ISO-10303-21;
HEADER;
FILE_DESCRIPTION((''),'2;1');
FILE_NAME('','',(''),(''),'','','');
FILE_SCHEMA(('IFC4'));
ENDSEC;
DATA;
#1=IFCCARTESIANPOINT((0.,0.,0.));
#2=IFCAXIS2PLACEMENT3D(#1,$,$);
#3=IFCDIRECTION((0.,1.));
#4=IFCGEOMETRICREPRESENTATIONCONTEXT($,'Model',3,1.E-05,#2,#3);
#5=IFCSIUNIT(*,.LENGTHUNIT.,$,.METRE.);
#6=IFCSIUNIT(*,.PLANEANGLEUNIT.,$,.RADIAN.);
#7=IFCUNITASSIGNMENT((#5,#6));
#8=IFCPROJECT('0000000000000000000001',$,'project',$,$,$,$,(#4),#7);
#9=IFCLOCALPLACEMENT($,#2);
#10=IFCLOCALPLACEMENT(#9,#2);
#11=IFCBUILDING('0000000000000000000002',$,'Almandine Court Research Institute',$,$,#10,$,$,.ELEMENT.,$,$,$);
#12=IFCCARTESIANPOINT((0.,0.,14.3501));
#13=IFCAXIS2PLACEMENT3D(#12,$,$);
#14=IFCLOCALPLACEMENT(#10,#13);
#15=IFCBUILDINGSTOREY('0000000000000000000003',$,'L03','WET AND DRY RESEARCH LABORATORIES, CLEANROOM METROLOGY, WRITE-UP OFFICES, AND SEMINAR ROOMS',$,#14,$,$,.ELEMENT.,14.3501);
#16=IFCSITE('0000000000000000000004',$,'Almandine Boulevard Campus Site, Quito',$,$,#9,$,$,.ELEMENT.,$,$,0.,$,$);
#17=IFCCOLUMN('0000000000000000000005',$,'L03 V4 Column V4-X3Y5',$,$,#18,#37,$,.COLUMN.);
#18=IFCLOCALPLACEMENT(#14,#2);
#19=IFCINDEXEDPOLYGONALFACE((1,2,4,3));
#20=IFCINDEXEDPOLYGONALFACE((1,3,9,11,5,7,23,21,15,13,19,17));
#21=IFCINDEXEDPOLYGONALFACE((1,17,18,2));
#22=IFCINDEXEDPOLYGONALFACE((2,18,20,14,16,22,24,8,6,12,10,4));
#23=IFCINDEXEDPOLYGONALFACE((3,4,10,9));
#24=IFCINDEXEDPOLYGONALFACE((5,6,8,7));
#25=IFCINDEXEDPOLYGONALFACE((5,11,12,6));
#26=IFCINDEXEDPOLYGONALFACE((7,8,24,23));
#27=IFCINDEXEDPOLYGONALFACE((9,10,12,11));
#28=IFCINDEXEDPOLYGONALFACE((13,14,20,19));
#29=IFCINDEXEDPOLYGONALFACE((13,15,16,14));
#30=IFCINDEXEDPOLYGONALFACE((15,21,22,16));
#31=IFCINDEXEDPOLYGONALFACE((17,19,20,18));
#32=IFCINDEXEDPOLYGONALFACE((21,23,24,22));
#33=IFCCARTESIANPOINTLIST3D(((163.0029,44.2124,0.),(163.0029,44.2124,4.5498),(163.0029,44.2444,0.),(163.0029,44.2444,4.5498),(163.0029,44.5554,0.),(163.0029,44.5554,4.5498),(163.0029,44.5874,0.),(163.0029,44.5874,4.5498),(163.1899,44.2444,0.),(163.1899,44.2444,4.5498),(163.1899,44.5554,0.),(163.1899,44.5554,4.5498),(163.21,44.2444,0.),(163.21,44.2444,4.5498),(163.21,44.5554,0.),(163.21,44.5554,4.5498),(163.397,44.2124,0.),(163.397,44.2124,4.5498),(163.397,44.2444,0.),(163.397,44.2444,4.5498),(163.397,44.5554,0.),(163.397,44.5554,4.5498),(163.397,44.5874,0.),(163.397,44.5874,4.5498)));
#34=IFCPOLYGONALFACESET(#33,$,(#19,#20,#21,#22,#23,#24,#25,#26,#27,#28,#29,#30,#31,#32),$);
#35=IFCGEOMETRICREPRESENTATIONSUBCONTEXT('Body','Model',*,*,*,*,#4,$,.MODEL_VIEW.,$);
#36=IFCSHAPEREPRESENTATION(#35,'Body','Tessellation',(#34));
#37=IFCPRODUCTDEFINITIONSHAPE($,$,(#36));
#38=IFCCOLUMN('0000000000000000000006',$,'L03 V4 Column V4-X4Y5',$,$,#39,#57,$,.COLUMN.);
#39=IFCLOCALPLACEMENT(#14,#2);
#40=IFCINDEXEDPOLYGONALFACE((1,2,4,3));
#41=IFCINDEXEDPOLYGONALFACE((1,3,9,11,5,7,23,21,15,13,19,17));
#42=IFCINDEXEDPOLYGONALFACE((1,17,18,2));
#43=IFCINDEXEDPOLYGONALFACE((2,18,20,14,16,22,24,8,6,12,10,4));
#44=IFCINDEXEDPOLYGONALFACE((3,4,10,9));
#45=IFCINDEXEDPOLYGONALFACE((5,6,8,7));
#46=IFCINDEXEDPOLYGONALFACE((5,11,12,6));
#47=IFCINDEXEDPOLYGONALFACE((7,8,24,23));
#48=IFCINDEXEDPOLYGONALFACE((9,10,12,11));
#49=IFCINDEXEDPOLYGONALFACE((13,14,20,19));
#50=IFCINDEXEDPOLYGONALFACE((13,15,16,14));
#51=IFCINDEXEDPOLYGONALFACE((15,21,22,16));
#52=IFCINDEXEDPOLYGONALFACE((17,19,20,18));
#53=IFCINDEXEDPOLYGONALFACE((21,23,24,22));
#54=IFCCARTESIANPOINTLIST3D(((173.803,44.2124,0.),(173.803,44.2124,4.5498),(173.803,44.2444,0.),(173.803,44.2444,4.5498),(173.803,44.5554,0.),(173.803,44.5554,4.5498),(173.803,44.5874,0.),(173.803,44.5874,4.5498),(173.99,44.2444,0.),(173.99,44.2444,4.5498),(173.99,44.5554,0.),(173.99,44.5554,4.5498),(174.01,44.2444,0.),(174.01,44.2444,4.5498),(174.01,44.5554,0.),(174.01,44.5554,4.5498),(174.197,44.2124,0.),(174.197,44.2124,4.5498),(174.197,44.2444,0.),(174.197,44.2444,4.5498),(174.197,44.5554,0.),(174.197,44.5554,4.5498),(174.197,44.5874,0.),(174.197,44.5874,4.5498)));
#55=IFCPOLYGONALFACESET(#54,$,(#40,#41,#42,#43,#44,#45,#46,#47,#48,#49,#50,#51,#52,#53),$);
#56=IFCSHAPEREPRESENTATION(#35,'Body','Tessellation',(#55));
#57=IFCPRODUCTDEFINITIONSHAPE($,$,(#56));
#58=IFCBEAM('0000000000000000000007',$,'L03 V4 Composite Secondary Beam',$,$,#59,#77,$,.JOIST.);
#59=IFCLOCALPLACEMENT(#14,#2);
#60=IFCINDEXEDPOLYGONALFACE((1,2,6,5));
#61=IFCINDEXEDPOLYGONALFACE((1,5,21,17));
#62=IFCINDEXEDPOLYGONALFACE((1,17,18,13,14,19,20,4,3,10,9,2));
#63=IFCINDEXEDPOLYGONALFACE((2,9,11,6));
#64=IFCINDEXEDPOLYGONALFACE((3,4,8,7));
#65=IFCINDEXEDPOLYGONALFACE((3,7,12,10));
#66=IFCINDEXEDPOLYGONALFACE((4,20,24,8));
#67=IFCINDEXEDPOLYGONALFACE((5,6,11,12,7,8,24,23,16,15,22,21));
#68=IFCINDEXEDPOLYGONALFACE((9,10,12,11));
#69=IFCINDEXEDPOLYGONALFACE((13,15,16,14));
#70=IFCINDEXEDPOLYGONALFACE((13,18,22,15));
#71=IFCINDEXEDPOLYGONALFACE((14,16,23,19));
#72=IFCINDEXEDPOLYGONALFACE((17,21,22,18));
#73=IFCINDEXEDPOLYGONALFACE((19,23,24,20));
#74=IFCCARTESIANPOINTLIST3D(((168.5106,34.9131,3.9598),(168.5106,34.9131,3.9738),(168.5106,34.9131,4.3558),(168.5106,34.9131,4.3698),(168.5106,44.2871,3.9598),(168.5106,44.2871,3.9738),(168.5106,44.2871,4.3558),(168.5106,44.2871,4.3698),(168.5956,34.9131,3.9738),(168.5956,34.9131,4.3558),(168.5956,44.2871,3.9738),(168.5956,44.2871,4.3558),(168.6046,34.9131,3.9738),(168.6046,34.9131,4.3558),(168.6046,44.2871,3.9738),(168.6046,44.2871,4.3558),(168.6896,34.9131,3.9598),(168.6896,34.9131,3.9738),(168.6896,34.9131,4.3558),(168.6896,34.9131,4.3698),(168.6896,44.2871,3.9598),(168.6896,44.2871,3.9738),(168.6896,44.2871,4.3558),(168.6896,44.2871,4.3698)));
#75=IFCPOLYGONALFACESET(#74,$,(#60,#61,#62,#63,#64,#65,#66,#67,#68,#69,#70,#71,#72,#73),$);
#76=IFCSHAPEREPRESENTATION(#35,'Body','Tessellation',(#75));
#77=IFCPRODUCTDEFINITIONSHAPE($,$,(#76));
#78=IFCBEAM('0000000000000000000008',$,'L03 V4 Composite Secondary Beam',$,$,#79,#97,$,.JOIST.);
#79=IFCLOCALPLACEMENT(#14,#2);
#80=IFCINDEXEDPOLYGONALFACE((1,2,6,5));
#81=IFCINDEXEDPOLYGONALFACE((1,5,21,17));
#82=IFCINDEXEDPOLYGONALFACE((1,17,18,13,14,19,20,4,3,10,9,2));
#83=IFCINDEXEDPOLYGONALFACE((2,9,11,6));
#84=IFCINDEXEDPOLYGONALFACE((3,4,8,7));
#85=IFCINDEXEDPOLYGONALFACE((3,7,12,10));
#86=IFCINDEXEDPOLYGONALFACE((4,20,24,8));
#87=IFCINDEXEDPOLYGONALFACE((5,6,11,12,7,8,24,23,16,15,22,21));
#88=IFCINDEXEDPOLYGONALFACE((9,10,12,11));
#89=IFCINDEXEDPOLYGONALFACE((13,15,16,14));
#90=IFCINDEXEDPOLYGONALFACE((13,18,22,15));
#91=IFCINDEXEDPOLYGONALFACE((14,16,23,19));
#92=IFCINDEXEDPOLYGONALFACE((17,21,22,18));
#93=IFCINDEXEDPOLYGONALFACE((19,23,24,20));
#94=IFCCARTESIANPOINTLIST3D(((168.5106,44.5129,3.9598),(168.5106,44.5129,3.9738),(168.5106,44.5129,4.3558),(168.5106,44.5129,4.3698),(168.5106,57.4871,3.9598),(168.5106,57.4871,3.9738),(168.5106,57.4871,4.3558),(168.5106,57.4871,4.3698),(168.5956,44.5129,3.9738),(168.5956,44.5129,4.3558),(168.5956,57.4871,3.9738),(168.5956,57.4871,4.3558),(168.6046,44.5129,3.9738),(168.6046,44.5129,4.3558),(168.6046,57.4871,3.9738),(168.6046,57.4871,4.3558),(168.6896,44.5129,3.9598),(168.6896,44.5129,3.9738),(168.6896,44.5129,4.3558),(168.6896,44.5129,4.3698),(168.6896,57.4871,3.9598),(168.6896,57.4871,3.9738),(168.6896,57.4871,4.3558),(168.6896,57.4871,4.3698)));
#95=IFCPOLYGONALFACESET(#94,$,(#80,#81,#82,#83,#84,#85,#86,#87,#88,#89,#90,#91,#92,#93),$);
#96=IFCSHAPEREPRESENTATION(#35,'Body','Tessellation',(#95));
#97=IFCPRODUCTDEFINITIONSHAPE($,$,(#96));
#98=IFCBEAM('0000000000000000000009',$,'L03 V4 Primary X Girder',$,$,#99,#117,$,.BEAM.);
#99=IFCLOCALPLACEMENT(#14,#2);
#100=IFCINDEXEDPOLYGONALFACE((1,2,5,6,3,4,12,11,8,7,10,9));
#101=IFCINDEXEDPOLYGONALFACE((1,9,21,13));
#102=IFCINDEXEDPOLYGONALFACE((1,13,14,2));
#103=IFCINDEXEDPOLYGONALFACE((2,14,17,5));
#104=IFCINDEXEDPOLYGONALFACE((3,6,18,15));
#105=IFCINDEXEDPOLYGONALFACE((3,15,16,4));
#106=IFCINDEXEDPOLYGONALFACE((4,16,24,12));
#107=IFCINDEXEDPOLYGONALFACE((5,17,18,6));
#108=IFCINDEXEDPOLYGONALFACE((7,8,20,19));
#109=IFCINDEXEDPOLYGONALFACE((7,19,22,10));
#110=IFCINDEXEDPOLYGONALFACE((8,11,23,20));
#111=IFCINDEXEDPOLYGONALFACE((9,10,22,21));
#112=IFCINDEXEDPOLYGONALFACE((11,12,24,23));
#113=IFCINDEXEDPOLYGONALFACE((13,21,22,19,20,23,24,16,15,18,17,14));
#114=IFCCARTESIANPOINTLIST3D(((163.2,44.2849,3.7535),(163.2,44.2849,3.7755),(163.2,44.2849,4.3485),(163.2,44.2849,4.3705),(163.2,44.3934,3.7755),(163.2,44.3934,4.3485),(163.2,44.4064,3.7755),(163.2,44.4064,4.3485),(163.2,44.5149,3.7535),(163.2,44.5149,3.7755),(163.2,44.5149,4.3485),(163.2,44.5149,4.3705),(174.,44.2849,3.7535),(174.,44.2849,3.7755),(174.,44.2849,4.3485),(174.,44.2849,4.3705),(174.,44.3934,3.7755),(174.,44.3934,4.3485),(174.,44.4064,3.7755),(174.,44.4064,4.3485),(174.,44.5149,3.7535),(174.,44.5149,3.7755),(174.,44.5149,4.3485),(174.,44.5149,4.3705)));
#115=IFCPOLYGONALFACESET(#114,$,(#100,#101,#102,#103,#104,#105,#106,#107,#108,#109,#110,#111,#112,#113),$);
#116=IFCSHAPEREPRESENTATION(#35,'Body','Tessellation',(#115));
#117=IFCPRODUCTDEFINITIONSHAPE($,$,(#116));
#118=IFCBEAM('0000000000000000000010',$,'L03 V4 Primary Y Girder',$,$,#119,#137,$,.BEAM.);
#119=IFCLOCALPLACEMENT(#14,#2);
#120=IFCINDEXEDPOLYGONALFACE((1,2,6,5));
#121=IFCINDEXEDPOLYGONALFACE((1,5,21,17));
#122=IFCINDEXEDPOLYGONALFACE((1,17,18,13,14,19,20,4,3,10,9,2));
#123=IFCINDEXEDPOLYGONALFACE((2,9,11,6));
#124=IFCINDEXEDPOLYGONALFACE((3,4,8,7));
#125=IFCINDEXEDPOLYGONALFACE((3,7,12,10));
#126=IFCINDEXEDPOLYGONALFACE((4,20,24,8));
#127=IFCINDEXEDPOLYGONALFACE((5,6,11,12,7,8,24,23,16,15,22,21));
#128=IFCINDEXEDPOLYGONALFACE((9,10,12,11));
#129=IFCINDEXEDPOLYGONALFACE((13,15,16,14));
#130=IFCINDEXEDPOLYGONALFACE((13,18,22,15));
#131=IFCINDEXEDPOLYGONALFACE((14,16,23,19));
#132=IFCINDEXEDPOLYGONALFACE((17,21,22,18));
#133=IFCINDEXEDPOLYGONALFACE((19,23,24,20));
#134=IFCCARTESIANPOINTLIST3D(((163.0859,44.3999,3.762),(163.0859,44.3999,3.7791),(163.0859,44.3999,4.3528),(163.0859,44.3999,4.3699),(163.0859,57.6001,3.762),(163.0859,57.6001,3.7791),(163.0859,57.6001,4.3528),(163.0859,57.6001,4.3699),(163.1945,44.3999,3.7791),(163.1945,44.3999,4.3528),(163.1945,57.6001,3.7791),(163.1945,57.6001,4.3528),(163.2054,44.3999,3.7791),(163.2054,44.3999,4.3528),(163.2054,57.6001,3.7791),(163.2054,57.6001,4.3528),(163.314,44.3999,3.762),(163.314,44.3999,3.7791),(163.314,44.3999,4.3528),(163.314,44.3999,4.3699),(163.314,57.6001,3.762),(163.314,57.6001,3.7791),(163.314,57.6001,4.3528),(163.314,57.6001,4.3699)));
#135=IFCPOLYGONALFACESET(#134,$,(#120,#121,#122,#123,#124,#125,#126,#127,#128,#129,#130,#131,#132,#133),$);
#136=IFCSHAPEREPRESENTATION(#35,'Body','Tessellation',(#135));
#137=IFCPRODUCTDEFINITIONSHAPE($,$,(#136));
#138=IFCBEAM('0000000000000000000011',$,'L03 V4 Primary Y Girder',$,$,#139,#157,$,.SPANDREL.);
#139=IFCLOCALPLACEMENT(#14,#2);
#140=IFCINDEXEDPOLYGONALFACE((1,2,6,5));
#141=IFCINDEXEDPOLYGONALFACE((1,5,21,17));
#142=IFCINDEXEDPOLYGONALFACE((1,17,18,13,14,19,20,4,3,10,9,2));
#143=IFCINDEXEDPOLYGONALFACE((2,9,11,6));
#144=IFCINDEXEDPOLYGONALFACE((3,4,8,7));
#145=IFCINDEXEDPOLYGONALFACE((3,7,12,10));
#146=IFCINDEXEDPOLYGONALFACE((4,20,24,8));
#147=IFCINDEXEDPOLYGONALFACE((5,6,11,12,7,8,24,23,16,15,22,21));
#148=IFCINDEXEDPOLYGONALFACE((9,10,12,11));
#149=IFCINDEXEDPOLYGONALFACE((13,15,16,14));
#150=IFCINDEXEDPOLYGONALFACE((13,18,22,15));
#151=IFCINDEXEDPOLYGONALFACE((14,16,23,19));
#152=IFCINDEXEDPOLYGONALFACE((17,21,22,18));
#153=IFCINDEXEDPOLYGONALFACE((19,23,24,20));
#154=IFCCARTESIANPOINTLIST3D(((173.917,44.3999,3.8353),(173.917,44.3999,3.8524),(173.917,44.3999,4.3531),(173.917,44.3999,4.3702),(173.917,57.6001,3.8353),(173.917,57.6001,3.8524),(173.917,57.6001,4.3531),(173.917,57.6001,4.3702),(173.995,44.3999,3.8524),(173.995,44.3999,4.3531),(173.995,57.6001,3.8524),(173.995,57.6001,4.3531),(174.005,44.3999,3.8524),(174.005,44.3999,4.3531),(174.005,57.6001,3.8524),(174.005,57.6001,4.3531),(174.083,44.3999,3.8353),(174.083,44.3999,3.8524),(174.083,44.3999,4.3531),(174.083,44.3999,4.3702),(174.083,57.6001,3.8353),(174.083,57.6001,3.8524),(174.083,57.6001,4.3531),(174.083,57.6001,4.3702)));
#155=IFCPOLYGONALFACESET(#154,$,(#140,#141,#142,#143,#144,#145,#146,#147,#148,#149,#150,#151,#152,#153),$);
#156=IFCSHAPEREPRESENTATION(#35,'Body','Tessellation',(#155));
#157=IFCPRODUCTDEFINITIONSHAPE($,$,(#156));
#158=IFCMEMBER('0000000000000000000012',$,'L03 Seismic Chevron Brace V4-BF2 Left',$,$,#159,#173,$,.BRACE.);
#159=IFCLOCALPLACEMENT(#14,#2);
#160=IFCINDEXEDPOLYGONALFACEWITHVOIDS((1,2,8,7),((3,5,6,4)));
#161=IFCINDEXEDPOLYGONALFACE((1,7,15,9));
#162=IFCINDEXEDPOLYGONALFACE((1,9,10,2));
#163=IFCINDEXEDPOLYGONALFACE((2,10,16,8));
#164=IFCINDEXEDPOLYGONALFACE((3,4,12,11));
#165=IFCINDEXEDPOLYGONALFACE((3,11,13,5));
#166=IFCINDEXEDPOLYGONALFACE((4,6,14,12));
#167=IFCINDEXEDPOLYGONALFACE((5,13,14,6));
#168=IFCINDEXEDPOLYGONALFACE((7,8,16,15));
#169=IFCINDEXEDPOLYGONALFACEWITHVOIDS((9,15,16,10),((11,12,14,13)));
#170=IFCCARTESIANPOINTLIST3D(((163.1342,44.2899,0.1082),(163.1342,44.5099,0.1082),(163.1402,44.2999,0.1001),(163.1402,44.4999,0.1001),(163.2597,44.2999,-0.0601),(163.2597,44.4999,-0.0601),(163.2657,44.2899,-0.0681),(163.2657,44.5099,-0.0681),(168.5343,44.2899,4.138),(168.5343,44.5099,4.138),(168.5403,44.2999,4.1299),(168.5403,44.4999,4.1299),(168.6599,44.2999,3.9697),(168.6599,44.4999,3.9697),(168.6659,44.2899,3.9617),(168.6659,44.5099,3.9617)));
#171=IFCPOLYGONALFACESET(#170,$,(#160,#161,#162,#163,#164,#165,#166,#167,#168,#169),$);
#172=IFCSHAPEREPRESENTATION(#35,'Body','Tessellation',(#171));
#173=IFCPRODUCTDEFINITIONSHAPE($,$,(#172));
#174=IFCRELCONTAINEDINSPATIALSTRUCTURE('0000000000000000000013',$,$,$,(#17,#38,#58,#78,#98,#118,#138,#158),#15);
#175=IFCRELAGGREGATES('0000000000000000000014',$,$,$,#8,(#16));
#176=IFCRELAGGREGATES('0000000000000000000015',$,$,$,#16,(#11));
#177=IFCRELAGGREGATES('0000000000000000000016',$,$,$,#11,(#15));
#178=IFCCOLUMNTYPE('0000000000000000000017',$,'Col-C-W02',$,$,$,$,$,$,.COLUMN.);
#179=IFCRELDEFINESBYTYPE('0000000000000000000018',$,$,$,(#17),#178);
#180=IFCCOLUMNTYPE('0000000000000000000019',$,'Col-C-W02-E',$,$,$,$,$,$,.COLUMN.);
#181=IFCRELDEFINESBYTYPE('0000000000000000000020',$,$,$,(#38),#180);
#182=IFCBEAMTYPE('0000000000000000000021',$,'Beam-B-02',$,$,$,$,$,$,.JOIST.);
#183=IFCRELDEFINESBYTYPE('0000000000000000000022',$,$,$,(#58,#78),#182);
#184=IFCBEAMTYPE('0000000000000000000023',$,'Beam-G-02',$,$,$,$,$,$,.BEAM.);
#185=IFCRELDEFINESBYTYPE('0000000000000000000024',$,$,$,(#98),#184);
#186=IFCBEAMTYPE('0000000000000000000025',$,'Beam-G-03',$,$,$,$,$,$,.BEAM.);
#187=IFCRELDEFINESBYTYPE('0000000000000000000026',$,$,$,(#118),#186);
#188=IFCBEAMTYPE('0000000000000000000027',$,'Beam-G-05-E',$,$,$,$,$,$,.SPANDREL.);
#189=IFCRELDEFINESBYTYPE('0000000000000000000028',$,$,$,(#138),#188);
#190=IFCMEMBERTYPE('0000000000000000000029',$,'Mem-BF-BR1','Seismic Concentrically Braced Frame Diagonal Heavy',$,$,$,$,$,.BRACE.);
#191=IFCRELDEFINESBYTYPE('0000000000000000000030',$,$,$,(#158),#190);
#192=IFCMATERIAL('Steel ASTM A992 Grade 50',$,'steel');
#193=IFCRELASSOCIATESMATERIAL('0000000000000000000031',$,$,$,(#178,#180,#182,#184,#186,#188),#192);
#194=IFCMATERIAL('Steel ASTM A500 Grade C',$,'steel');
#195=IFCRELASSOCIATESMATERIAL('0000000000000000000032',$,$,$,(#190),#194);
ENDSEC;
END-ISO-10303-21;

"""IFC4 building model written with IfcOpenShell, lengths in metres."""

from ifc_helpers import new_model, si_unit, direction, frame, origin, origin_2d, place, context, subcontext, project, spatial, hollow_rectangle, i_section, extrude, material, material_profile, profile_set, type_object, element, save


model = new_model("IFC4")

# Units and contexts
model_context = context("Model", 3, precision=1e-05, world=origin(), true_north=direction((0.0, 1.0)))
body_context = subcontext(model_context, "Body", "Model", "MODEL_VIEW")
ifc_project = project(units=[si_unit("LENGTHUNIT", "METRE"), si_unit("PLANEANGLEUNIT", "RADIAN")], contexts=[model_context])

# Site, building, storey
site_placement = place(None, origin())
site = spatial("IfcSite", under=ifc_project, at=site_placement, Name="Almandine Boulevard Campus Site, Quito", CompositionType="ELEMENT", RefElevation=0.0)
building_placement = place(site_placement, origin())
building = spatial("IfcBuilding", under=site, at=building_placement, Name="Almandine Court Research Institute", CompositionType="ELEMENT")
storey_placement = place(building_placement, frame((0.0, 0.0, 14.3501)))
storey = spatial("IfcBuildingStorey", under=building, at=storey_placement, Name="L03", Description="WET AND DRY RESEARCH LABORATORIES, CLEANROOM METROLOGY, WRITE-UP OFFICES, AND SEMINAR ROOMS", CompositionType="ELEMENT", Elevation=14.3501)

# Columns
ifc_material_1 = material(Name="Steel ASTM A992 Grade 50", Category="steel")
ifc_material_profile_1 = material_profile(ifc_material_1, i_section(OverallWidth=0.394, OverallDepth=0.375, WebThickness=0.02, FlangeThickness=0.032, at=origin_2d()), Name="W360x216")
ifc_profile_set_1 = profile_set([ifc_material_profile_1], Name="Steel ASTM A992 Grade 50")
column_type_1 = type_object("IfcColumnType", Name="Col-C-W02", PredefinedType="COLUMN", material=ifc_profile_set_1)
column_1_placement = place(storey_placement, frame((163.2, 44.3999, 0.0), z_axis=(0.0, 0.0, 1.0), x_axis=(1.0, 0.0, 0.0)))
element("IfcColumn", 1, at=column_1_placement, inside=storey, type_object=column_type_1, Name="L03 V4 Column V4-X3Y5", PredefinedType="COLUMN", context=body_context, shape_type="SweptSolid", body=[
    extrude(i_section(OverallWidth=0.394, OverallDepth=0.375, WebThickness=0.02, FlangeThickness=0.032, at=origin_2d()), origin(), (0.0, 0.0, 1.0), 4.5498),
])
ifc_material_profile_2 = material_profile(ifc_material_1, i_section(OverallWidth=0.394, OverallDepth=0.375, WebThickness=0.02, FlangeThickness=0.032, at=origin_2d()), Name="W360x216")
ifc_profile_set_2 = profile_set([ifc_material_profile_2], Name="Steel ASTM A992 Grade 50")
column_type_2 = type_object("IfcColumnType", Name="Col-C-W02-E", PredefinedType="COLUMN", material=ifc_profile_set_2)
column_2_placement = place(storey_placement, frame((174.0, 44.3999, 0.0), z_axis=(0.0, 0.0, 1.0), x_axis=(1.0, 0.0, 0.0)))
element("IfcColumn", 2, at=column_2_placement, inside=storey, type_object=column_type_2, Name="L03 V4 Column V4-X4Y5", PredefinedType="COLUMN", context=body_context, shape_type="SweptSolid", body=[
    extrude(i_section(OverallWidth=0.394, OverallDepth=0.375, WebThickness=0.02, FlangeThickness=0.032, at=origin_2d()), origin(), (0.0, 0.0, 1.0), 4.5498),
])

# Beams
ifc_material_profile_3 = material_profile(ifc_material_1, i_section(OverallWidth=0.179, OverallDepth=0.4099, WebThickness=0.009, FlangeThickness=0.0139, at=origin_2d()), Name="W410x67")
ifc_profile_set_3 = profile_set([ifc_material_profile_3], Name="Steel ASTM A992 Grade 50")
beam_type_1 = type_object("IfcBeamType", Name="Beam-B-02", PredefinedType="JOIST", material=ifc_profile_set_3)
beam_1_placement = place(storey_placement, frame((168.6001, 34.9131, 4.1648), z_axis=(0.0, 1.0, 0.0), x_axis=(-1.0, 0.0, 0.0)))
element("IfcBeam", 3, at=beam_1_placement, inside=storey, type_object=beam_type_1, Name="L03 V4 Composite Secondary Beam", PredefinedType="JOIST", context=body_context, shape_type="SweptSolid", body=[
    extrude(i_section(OverallWidth=0.179, OverallDepth=0.4099, WebThickness=0.009, FlangeThickness=0.0139, at=origin_2d()), origin(), (0.0, 0.0, 1.0), 9.374),
])
beam_2_placement = place(storey_placement, frame((168.6001, 44.5129, 4.1648), z_axis=(0.0, 1.0, 0.0), x_axis=(-1.0, 0.0, 0.0)))
element("IfcBeam", 4, at=beam_2_placement, inside=storey, type_object=beam_type_1, Name="L03 V4 Composite Secondary Beam", PredefinedType="JOIST", context=body_context, shape_type="SweptSolid", body=[
    extrude(i_section(OverallWidth=0.179, OverallDepth=0.4099, WebThickness=0.009, FlangeThickness=0.0139, at=origin_2d()), origin(), (0.0, 0.0, 1.0), 12.9741),
])
ifc_material_profile_4 = material_profile(ifc_material_1, i_section(OverallWidth=0.23, OverallDepth=0.6169, WebThickness=0.0129, FlangeThickness=0.022, at=origin_2d()), Name="W610x140")
ifc_profile_set_4 = profile_set([ifc_material_profile_4], Name="Steel ASTM A992 Grade 50")
beam_type_2 = type_object("IfcBeamType", Name="Beam-G-02", PredefinedType="BEAM", material=ifc_profile_set_4)
beam_3_placement = place(storey_placement, frame((163.2, 44.3999, 4.062), z_axis=(1.0, 0.0, 0.0), x_axis=(0.0, 1.0, 0.0)))
element("IfcBeam", 5, at=beam_3_placement, inside=storey, type_object=beam_type_2, Name="L03 V4 Primary X Girder", PredefinedType="BEAM", context=body_context, shape_type="SweptSolid", body=[
    extrude(i_section(OverallWidth=0.23, OverallDepth=0.6169, WebThickness=0.0129, FlangeThickness=0.022, at=origin_2d()), origin(), (0.0, 0.0, 1.0), 10.8),
])
ifc_material_profile_5 = material_profile(ifc_material_1, i_section(OverallWidth=0.228, OverallDepth=0.6079, WebThickness=0.011, FlangeThickness=0.0171, at=origin_2d()), Name="W610x113")
ifc_profile_set_5 = profile_set([ifc_material_profile_5], Name="Steel ASTM A992 Grade 50")
beam_type_3 = type_object("IfcBeamType", Name="Beam-G-03", PredefinedType="BEAM", material=ifc_profile_set_5)
beam_4_placement = place(storey_placement, frame((163.2, 44.3999, 4.0659), z_axis=(0.0, 1.0, 0.0), x_axis=(-1.0, 0.0, 0.0)))
element("IfcBeam", 6, at=beam_4_placement, inside=storey, type_object=beam_type_3, Name="L03 V4 Primary Y Girder", PredefinedType="BEAM", context=body_context, shape_type="SweptSolid", body=[
    extrude(i_section(OverallWidth=0.228, OverallDepth=0.6079, WebThickness=0.011, FlangeThickness=0.0171, at=origin_2d()), origin(), (0.0, 0.0, 1.0), 13.2002),
])
ifc_material_profile_6 = material_profile(ifc_material_1, i_section(OverallWidth=0.166, OverallDepth=0.5349, WebThickness=0.01, FlangeThickness=0.0171, at=origin_2d()), Name="W530x85")
ifc_profile_set_6 = profile_set([ifc_material_profile_6], Name="Steel ASTM A992 Grade 50")
beam_type_4 = type_object("IfcBeamType", Name="Beam-G-05-E", PredefinedType="SPANDREL", material=ifc_profile_set_6)
beam_5_placement = place(storey_placement, frame((174.0, 44.3999, 4.1028), z_axis=(0.0, 1.0, 0.0), x_axis=(-1.0, 0.0, 0.0)))
element("IfcBeam", 7, at=beam_5_placement, inside=storey, type_object=beam_type_4, Name="L03 V4 Primary Y Girder", PredefinedType="SPANDREL", context=body_context, shape_type="SweptSolid", body=[
    extrude(i_section(OverallWidth=0.166, OverallDepth=0.5349, WebThickness=0.01, FlangeThickness=0.0171, at=origin_2d()), origin(), (0.0, 0.0, 1.0), 13.2002),
])

# Member
ifc_material_2 = material(Name="Steel ASTM A500 Grade C", Category="steel")
ifc_material_profile_7 = material_profile(ifc_material_2, hollow_rectangle(XDim=0.22, YDim=0.22, WallThickness=0.01, at=origin_2d()), Name="HSS 220x220x10")
ifc_profile_set_7 = profile_set([ifc_material_profile_7], Name="Steel ASTM A500 Grade C")
member_type = type_object("IfcMemberType", Name="Mem-BF-BR1", Description="Seismic Concentrically Braced Frame Diagonal Heavy", PredefinedType="BRACE", material=ifc_profile_set_7)
member_1_placement = place(storey_placement, frame((163.2, 44.3999, 0.02), z_axis=(0.801446, 0.0, 0.598068), x_axis=(0.0, 1.0, 0.0)))
element("IfcMember", 8, at=member_1_placement, inside=storey, type_object=member_type, Name="L03 Seismic Chevron Brace V4-BF2 Left", PredefinedType="BRACE", context=body_context, shape_type="SweptSolid", body=[
    extrude(hollow_rectangle(XDim=0.22, YDim=0.22, WallThickness=0.01, at=origin_2d()), origin(), (0.0, 0.0, 1.0), 6.738),
])

save(model, "model.ifc")
